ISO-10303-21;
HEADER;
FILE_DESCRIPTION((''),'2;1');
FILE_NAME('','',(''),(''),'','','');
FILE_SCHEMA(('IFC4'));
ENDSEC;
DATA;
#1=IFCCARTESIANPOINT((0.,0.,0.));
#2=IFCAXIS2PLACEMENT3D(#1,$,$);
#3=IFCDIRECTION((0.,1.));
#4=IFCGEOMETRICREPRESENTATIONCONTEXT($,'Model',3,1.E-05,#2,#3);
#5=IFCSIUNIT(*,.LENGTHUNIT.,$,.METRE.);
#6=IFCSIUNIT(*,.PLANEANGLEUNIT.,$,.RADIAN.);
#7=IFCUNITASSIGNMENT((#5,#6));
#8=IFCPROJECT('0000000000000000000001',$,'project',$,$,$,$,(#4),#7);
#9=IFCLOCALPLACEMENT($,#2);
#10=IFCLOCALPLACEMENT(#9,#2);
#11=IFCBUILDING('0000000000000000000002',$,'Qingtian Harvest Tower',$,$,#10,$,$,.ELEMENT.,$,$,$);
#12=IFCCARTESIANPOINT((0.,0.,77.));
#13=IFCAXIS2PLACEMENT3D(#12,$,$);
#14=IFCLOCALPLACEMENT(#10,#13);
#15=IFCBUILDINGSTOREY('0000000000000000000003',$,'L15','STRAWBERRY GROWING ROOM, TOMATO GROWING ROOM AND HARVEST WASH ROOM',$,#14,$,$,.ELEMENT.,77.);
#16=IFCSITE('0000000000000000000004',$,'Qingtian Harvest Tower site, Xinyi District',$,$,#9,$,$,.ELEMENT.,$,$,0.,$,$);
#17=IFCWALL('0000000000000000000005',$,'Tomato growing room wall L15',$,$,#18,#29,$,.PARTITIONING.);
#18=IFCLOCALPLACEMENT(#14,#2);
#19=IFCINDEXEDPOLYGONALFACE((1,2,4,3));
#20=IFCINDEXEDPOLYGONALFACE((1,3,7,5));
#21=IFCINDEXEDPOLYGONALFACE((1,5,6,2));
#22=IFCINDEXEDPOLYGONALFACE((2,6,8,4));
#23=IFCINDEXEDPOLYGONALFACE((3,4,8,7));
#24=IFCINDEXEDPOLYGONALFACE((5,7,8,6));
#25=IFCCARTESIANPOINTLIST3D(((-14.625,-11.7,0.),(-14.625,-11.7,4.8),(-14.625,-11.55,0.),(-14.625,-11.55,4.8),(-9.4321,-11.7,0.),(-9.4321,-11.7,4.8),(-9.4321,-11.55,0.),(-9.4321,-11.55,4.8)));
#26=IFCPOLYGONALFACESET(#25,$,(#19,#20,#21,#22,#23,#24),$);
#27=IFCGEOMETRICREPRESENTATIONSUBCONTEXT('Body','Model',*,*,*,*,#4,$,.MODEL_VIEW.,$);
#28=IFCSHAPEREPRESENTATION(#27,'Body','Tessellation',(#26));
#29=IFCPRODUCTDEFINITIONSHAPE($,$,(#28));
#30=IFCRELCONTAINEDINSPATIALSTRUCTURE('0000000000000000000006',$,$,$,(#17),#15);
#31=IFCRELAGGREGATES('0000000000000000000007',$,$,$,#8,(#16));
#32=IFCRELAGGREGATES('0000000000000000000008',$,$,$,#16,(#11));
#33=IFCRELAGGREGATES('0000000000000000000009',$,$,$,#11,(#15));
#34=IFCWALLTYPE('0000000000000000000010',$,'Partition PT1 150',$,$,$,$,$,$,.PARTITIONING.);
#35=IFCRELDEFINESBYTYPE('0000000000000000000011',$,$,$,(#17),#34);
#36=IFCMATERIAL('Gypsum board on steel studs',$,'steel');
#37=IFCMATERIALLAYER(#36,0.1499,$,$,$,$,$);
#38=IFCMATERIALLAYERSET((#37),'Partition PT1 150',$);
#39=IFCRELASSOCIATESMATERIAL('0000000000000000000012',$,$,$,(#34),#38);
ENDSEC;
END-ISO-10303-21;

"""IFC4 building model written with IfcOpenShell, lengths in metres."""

from ifc_helpers import new_model, si_unit, direction, frame, frame_2d, origin, place, context, subcontext, project, spatial, rectangle, extrude, material, layer, layer_set, type_object, element, save


model = new_model("IFC4")

# Units and contexts
model_context = context("Model", 3, precision=1e-05, world=origin(), true_north=direction((0.0, 1.0)))
body_context = subcontext(model_context, "Body", "Model", "MODEL_VIEW")
ifc_project = project(units=[si_unit("LENGTHUNIT", "METRE"), si_unit("PLANEANGLEUNIT", "RADIAN")], contexts=[model_context])

# Site, building, storey
site_placement = place(None, origin())
site = spatial("IfcSite", under=ifc_project, at=site_placement, Name="Qingtian Harvest Tower site, Xinyi District", CompositionType="ELEMENT", RefElevation=0.0)
building_placement = place(site_placement, origin())
building = spatial("IfcBuilding", under=site, at=building_placement, Name="Qingtian Harvest Tower", CompositionType="ELEMENT")
storey_placement = place(building_placement, frame((0.0, 0.0, 77.0)))
storey = spatial("IfcBuildingStorey", under=building, at=storey_placement, Name="L15", Description="STRAWBERRY GROWING ROOM, TOMATO GROWING ROOM AND HARVEST WASH ROOM", CompositionType="ELEMENT", Elevation=77.0)

# Shared definitions
ifc_material_1 = material(Name="Gypsum board on steel studs", Category="steel")
ifc_layer_1 = layer(ifc_material_1, 0.1499)
ifc_layer_set_1 = layer_set([ifc_layer_1], Name="Partition PT1 150")
wall_type_1 = type_object("IfcWallType", Name="Partition PT1 150", PredefinedType="PARTITIONING", material=ifc_layer_set_1)

# Wall
wall_1_placement = place(storey_placement, frame((-9.4321, -11.625, 0.0), z_axis=(0.0, 0.0, 1.0), x_axis=(-1.0, 0.0, 0.0)))
element("IfcWall", 1, at=wall_1_placement, inside=storey, type_object=wall_type_1, Name="Tomato growing room wall L15", PredefinedType="PARTITIONING", context=body_context, shape_type="SweptSolid", body=[
    extrude(rectangle(XDim=5.1929, YDim=0.1499, at=frame_2d((2.5964, 0.0))), origin(), (0.0, 0.0, 1.0), 4.8),
])

save(model, "model.ifc")
